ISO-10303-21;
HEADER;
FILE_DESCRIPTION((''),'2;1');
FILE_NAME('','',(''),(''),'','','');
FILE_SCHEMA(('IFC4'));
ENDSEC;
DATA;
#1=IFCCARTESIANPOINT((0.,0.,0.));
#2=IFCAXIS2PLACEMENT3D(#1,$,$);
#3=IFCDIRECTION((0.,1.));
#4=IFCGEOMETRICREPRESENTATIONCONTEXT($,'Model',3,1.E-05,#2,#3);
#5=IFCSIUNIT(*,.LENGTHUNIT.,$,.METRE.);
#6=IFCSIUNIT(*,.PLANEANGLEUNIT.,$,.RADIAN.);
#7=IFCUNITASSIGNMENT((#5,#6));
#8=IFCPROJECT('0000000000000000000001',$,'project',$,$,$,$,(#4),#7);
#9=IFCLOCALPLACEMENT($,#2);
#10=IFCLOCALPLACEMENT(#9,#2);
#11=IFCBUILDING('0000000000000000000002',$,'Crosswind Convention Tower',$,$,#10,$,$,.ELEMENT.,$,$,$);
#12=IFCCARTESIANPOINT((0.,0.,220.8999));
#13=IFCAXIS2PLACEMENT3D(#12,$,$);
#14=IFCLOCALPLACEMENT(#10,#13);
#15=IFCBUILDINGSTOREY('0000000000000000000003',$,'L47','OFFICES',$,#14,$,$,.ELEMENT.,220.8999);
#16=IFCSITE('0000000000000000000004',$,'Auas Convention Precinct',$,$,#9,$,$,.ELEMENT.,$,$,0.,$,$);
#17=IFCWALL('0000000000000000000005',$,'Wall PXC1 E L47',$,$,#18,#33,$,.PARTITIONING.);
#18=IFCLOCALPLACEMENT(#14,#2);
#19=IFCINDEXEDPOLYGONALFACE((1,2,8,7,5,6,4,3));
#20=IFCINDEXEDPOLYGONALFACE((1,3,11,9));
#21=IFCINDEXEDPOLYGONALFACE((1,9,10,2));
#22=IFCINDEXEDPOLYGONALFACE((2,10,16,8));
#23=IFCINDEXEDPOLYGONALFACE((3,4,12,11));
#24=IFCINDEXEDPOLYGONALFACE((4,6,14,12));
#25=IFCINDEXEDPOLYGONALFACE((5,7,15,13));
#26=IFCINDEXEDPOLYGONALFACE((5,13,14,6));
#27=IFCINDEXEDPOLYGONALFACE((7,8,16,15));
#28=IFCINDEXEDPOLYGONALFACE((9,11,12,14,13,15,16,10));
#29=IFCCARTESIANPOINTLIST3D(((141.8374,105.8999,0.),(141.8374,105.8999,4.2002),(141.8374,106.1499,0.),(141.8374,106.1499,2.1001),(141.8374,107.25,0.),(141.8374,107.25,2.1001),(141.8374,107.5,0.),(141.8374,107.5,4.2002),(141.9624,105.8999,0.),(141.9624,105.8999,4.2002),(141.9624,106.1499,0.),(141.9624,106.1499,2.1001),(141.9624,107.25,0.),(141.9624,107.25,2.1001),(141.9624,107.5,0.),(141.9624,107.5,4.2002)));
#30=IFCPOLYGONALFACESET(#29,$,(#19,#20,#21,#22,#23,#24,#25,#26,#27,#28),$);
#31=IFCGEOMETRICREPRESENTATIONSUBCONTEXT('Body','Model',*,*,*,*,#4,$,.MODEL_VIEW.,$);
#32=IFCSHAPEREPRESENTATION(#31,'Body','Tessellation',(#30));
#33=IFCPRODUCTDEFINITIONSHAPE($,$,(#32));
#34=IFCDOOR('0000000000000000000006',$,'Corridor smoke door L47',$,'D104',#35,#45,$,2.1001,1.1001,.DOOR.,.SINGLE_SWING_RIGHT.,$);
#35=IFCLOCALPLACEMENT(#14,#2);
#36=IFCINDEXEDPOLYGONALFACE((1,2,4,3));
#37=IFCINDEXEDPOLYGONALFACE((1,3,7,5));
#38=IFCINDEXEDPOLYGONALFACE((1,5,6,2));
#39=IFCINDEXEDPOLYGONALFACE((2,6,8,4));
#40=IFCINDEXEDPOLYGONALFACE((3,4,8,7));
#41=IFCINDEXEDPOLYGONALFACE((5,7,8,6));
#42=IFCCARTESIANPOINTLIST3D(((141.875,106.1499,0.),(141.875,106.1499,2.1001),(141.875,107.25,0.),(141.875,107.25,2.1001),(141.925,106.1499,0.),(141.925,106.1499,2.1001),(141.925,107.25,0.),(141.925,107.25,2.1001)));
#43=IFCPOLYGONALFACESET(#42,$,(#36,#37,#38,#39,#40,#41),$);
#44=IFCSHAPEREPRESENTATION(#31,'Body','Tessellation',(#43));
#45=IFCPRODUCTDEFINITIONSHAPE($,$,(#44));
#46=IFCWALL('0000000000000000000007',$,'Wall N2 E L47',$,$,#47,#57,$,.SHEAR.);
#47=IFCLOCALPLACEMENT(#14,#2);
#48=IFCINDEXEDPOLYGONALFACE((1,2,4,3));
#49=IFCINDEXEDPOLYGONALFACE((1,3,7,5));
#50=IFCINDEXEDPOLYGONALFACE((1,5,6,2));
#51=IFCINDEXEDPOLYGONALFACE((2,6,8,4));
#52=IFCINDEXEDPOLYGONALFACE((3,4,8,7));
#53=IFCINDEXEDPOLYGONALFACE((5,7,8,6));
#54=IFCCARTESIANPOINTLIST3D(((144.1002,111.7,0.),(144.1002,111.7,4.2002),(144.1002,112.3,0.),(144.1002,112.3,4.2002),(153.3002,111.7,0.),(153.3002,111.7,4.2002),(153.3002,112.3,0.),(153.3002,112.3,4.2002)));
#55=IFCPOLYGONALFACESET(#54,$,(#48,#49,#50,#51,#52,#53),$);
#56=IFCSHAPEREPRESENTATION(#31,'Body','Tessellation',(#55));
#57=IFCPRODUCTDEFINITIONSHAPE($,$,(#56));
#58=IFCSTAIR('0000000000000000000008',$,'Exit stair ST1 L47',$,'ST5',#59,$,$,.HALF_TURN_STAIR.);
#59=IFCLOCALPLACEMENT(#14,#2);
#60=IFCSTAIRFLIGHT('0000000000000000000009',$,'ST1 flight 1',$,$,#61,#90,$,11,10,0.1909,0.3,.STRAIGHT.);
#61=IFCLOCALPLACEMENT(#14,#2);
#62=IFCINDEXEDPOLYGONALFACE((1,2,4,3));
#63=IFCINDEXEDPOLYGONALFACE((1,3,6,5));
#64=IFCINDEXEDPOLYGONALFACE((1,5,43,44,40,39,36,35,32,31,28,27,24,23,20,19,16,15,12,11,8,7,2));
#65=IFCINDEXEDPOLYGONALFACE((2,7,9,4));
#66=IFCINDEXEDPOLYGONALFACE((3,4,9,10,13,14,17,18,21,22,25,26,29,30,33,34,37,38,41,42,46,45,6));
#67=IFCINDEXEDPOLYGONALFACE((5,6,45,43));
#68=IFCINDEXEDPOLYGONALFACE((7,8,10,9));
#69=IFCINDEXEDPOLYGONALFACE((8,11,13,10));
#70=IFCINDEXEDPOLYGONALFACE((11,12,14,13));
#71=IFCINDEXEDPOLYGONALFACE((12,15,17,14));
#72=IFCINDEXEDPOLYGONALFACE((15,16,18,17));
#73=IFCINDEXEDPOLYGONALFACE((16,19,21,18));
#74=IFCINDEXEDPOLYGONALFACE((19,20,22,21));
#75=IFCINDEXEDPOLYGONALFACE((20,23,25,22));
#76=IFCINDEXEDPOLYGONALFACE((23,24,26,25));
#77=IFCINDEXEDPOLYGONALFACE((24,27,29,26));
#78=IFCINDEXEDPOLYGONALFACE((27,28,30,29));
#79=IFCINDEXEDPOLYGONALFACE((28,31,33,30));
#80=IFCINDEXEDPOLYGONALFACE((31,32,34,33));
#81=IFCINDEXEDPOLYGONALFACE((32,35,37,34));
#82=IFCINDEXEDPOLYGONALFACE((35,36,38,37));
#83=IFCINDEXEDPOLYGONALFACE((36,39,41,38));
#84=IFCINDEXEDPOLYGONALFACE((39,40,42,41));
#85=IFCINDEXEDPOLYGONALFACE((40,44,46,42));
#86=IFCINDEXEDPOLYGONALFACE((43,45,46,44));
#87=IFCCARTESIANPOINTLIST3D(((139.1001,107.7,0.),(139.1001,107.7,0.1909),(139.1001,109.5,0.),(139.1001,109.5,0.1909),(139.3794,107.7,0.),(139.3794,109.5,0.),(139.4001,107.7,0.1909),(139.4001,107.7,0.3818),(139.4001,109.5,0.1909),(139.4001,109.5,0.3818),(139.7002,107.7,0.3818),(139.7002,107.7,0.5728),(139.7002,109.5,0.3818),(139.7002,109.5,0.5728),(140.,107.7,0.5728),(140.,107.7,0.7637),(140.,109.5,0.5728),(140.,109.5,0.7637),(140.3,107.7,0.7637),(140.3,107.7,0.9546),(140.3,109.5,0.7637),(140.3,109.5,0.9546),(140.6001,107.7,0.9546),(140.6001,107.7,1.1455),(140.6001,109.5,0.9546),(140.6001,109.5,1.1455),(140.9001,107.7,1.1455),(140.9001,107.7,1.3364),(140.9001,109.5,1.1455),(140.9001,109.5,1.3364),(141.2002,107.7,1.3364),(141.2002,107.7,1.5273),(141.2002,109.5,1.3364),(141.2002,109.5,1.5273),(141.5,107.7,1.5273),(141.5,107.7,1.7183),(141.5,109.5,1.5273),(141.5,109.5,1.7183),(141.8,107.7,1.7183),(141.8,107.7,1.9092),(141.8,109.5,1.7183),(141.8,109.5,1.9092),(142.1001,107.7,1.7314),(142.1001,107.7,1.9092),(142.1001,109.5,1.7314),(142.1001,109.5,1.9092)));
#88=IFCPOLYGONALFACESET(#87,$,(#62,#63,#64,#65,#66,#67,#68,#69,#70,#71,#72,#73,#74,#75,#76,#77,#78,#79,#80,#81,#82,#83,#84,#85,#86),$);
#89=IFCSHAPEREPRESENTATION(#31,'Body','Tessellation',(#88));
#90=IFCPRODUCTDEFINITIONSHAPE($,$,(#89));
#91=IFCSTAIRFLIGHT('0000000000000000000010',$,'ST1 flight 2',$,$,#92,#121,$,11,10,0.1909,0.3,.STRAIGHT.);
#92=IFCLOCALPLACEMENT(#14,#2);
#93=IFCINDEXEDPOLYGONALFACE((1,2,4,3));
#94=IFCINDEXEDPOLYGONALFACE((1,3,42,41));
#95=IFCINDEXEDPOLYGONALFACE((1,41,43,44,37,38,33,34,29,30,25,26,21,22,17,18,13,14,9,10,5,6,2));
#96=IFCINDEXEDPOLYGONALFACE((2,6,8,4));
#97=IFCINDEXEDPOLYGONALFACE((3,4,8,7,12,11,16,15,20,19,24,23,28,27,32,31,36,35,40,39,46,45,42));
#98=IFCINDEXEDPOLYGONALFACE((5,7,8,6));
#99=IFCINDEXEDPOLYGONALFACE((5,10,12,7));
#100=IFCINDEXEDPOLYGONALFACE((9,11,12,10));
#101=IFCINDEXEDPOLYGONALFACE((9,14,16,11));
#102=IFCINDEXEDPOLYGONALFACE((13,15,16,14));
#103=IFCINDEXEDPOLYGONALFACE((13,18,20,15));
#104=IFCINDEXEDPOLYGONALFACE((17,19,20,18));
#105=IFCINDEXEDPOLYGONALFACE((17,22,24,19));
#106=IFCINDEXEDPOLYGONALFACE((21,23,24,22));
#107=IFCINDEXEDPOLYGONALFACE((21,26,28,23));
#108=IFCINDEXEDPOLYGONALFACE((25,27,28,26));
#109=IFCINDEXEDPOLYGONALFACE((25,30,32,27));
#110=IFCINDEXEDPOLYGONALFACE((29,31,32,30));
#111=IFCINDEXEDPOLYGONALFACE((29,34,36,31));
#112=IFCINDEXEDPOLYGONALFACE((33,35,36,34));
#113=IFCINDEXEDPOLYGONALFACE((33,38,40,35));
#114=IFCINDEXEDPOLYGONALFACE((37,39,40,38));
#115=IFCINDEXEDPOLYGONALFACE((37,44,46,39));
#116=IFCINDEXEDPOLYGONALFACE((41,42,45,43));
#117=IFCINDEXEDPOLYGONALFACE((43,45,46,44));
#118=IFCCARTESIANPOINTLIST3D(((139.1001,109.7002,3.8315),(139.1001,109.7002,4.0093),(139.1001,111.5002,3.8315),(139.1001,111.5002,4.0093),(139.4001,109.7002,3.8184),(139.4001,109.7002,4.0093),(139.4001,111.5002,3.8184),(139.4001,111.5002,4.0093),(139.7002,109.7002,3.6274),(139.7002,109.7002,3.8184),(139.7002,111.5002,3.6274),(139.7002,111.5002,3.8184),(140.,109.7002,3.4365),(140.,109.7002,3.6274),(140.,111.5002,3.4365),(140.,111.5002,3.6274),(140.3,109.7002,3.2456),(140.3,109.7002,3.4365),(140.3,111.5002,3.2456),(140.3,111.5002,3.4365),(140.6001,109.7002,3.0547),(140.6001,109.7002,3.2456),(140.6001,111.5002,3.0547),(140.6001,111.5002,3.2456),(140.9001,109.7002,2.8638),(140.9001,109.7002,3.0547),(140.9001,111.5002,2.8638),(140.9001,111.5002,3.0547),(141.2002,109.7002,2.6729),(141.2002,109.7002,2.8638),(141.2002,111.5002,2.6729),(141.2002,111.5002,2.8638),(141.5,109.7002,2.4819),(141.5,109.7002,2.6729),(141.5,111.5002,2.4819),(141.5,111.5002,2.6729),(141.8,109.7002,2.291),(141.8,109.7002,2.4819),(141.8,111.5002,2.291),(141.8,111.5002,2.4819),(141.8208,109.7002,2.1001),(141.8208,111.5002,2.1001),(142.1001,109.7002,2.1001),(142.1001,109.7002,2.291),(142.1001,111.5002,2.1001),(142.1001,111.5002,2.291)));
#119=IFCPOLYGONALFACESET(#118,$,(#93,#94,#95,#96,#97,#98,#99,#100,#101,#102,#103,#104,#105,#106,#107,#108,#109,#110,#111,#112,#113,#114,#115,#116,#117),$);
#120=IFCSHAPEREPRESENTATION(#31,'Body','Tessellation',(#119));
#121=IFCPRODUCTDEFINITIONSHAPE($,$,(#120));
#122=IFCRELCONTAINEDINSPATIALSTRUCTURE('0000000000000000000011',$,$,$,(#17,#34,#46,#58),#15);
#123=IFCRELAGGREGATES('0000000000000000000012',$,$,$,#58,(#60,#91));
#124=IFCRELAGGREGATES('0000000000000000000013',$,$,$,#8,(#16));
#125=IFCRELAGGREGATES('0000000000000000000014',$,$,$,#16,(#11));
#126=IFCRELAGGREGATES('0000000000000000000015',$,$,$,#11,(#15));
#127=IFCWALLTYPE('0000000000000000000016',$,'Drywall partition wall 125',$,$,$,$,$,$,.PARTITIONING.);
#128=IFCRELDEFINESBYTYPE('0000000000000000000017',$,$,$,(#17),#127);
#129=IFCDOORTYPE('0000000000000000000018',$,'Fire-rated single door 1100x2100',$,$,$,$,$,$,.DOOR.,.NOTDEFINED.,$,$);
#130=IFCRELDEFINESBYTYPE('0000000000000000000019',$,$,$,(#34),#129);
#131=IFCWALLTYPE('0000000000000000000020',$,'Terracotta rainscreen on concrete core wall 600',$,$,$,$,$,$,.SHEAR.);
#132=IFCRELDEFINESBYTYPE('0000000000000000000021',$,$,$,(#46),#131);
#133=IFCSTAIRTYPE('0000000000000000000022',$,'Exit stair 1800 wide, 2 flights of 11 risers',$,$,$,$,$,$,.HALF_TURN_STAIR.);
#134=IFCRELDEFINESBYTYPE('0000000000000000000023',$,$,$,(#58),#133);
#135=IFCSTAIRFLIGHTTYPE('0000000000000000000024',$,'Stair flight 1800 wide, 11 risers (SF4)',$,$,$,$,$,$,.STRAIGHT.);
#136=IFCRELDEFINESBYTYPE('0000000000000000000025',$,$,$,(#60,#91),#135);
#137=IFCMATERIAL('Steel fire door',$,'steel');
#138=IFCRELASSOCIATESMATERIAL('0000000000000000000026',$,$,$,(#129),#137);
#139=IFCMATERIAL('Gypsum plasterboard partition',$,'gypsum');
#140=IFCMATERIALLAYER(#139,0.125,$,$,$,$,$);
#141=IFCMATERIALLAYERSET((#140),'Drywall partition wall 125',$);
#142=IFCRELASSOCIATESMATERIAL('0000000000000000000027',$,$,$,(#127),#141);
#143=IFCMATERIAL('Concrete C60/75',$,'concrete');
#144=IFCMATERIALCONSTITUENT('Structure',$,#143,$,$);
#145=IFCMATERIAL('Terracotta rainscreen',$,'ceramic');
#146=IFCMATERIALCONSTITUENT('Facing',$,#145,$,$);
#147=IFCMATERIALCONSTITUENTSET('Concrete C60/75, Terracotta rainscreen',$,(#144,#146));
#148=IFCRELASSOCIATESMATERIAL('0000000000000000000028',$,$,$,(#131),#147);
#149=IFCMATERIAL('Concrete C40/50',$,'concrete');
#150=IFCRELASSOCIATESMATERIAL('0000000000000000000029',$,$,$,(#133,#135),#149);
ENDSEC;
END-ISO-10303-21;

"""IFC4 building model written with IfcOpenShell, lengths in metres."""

from ifc_helpers import new_model, si_unit, direction, frame, frame_2d, origin, place, context, subcontext, project, spatial, polyline, rectangle, outline, extrude, material, layer, layer_set, constituent, constituent_set, type_object, element, fill, aggregate, save


model = new_model("IFC4")

# Units and contexts
model_context = context("Model", 3, precision=1e-05, world=origin(), true_north=direction((0.0, 1.0)))
body_context = subcontext(model_context, "Body", "Model", "MODEL_VIEW")
ifc_project = project(units=[si_unit("LENGTHUNIT", "METRE"), si_unit("PLANEANGLEUNIT", "RADIAN")], contexts=[model_context])

# Site, building, storey
site_placement = place(None, origin())
site = spatial("IfcSite", under=ifc_project, at=site_placement, Name="Auas Convention Precinct", CompositionType="ELEMENT", RefElevation=0.0)
building_placement = place(site_placement, origin())
building = spatial("IfcBuilding", under=site, at=building_placement, Name="Crosswind Convention Tower", CompositionType="ELEMENT")
storey_placement = place(building_placement, frame((0.0, 0.0, 220.8999)))
storey = spatial("IfcBuildingStorey", under=building, at=storey_placement, Name="L47", Description="OFFICES", CompositionType="ELEMENT", Elevation=220.8999)

# Shared definitions
ifc_material_1 = material(Name="Steel fire door", Category="steel")
door_type_1 = type_object("IfcDoorType", Name="Fire-rated single door 1100x2100", OperationType="NOTDEFINED", PredefinedType="DOOR", material=ifc_material_1)

# Shared definitions
ifc_material_2 = material(Name="Gypsum plasterboard partition", Category="gypsum")
ifc_layer_1 = layer(ifc_material_2, 0.125)
ifc_layer_set_1 = layer_set([ifc_layer_1], Name="Drywall partition wall 125")
wall_type_1 = type_object("IfcWallType", Name="Drywall partition wall 125", PredefinedType="PARTITIONING", material=ifc_layer_set_1)

# Wall, opening, door
wall_1_placement = place(storey_placement, frame((141.8999, 105.8999, 0.0), z_axis=(0.0, 0.0, 1.0), x_axis=(0.0, 1.0, 0.0)))
wall_1 = element("IfcWall", 1, at=wall_1_placement, inside=storey, type_object=wall_type_1, Name="Wall PXC1 E L47", PredefinedType="PARTITIONING", context=body_context, shape_type="SweptSolid", body=[
    extrude(rectangle(XDim=1.6001, YDim=0.125, at=frame_2d((0.8, 0.0))), origin(), (0.0, 0.0, 1.0), 4.2002),
])
opening_1_placement = place(wall_1_placement, frame((0.25, 0.0, 0.0)))
opening_1 = element("IfcOpeningElement", 2, at=opening_1_placement, cuts=wall_1, PredefinedType="OPENING", context=body_context, shape_type="SweptSolid", body=[
    extrude(rectangle(XDim=1.1001, YDim=2.1001, at=frame_2d((0.55, 1.05))), frame((0.0, 0.0725, 0.0), z_axis=(0.0, -1.0, 0.0), x_axis=(1.0, 0.0, 0.0)), (0.0, 0.0, 1.0), 0.145),
])
door_1_placement = place(opening_1_placement, origin())
door_1 = element("IfcDoor", 3, at=door_1_placement, inside=storey, type_object=door_type_1, Name="Corridor smoke door L47", ObjectType="D104", OperationType="SINGLE_SWING_RIGHT", OverallHeight=2.1001, OverallWidth=1.1001, PredefinedType="DOOR", context=body_context, shape_type="SweptSolid", body=[
    extrude(rectangle(XDim=1.1001, YDim=2.1001, at=frame_2d((0.55, 1.05))), frame((0.0, 0.0249, 0.0), z_axis=(0.0, -1.0, 0.0), x_axis=(1.0, 0.0, 0.0)), (0.0, 0.0, 1.0), 0.05),
])
fill(opening_1, door_1)

# Wall
ifc_material_3 = material(Name="Concrete C60/75", Category="concrete")
ifc_constituent_1 = constituent(ifc_material_3, Name="Structure")
ifc_material_4 = material(Name="Terracotta rainscreen", Category="ceramic")
ifc_constituent_2 = constituent(ifc_material_4, Name="Facing")
ifc_constituent_set = constituent_set(constituents=[ifc_constituent_1, ifc_constituent_2], Name="Concrete C60/75, Terracotta rainscreen")
wall_type_2 = type_object("IfcWallType", Name="Terracotta rainscreen on concrete core wall 600", PredefinedType="SHEAR", material=ifc_constituent_set)
wall_2_placement = place(storey_placement, frame((144.1001, 112.0, 0.0), z_axis=(0.0, 0.0, 1.0), x_axis=(1.0, 0.0, 0.0)))
element("IfcWall", 4, at=wall_2_placement, inside=storey, type_object=wall_type_2, Name="Wall N2 E L47", PredefinedType="SHEAR", context=body_context, shape_type="SweptSolid", body=[
    extrude(rectangle(XDim=9.2, YDim=0.6001, at=frame_2d((4.6001, 0.0))), origin(), (0.0, 0.0, 1.0), 4.2002),
])

# Stair, stair flights
ifc_material_5 = material(Name="Concrete C40/50", Category="concrete")
stair_type = type_object("IfcStairType", Name="Exit stair 1800 wide, 2 flights of 11 risers", PredefinedType="HALF_TURN_STAIR", material=ifc_material_5)
stair_placement = place(storey_placement, origin())
stair = element("IfcStair", 5, at=stair_placement, inside=storey, type_object=stair_type, Name="Exit stair ST1 L47", ObjectType="ST5", PredefinedType="HALF_TURN_STAIR")
stair_flight_type = type_object("IfcStairFlightType", Name="Stair flight 1800 wide, 11 risers (SF4)", PredefinedType="STRAIGHT", material=ifc_material_5)
stair_flight_1_placement = place(storey_placement, frame((139.1001, 108.6001, 0.0), z_axis=(0.0, 0.0, 1.0), x_axis=(1.0, 0.0, 0.0)))
stair_flight_1 = element("IfcStairFlight", 6, at=stair_flight_1_placement, type_object=stair_flight_type, Name="ST1 flight 1", NumberOfRisers=11, NumberOfTreads=10, PredefinedType="STRAIGHT", RiserHeight=0.1909, TreadLength=0.3, context=body_context, shape_type="SweptSolid", body=[
    extrude(outline(polyline([(0.0, 0.0), (0.0, 0.1909), (0.3, 0.1909), (0.3, 0.3818), (0.6001, 0.3818), (0.6001, 0.5728), (0.8999, 0.5728), (0.8999, 0.7637), (1.2, 0.7637), (1.2, 0.9546), (1.5, 0.9546), (1.5, 1.1455), (1.8, 1.1455), (1.8, 1.3364), (2.1001, 1.3364), (2.1001, 1.5273), (2.3999, 1.5273), (2.3999, 1.7183), (2.7, 1.7183), (2.7, 1.9092), (3.0, 1.9092), (3.0, 2.1001), (3.0, 1.7314), (0.2793, 0.0), (0.0, 0.0)])), frame((0.0, 0.8999, 0.0), z_axis=(0.0, -1.0, 0.0), x_axis=(1.0, 0.0, 0.0)), (0.0, 0.0, 1.0), 1.8),
])
stair_flight_2_placement = place(storey_placement, frame((142.1001, 110.6001, 2.1001), z_axis=(0.0, 0.0, 1.0), x_axis=(-1.0, 0.0, 0.0)))
stair_flight_2 = element("IfcStairFlight", 7, at=stair_flight_2_placement, type_object=stair_flight_type, Name="ST1 flight 2", NumberOfRisers=11, NumberOfTreads=10, PredefinedType="STRAIGHT", RiserHeight=0.1909, TreadLength=0.3, context=body_context, shape_type="SweptSolid", body=[
    extrude(outline(polyline([(0.0, 0.0), (0.0, 0.1909), (0.3, 0.1909), (0.3, 0.3818), (0.6001, 0.3818), (0.6001, 0.5728), (0.8999, 0.5728), (0.8999, 0.7637), (1.2, 0.7637), (1.2, 0.9546), (1.5, 0.9546), (1.5, 1.1455), (1.8, 1.1455), (1.8, 1.3364), (2.1001, 1.3364), (2.1001, 1.5273), (2.3999, 1.5273), (2.3999, 1.7183), (2.7, 1.7183), (2.7, 1.9092), (3.0, 1.9092), (3.0, 2.1001), (3.0, 1.7314), (0.2793, 0.0), (0.0, 0.0)])), frame((0.0, 0.8999, 0.0), z_axis=(0.0, -1.0, 0.0), x_axis=(1.0, 0.0, 0.0)), (0.0, 0.0, 1.0), 1.8),
])
aggregate(stair, [stair_flight_1, stair_flight_2])

save(model, "model.ifc")
